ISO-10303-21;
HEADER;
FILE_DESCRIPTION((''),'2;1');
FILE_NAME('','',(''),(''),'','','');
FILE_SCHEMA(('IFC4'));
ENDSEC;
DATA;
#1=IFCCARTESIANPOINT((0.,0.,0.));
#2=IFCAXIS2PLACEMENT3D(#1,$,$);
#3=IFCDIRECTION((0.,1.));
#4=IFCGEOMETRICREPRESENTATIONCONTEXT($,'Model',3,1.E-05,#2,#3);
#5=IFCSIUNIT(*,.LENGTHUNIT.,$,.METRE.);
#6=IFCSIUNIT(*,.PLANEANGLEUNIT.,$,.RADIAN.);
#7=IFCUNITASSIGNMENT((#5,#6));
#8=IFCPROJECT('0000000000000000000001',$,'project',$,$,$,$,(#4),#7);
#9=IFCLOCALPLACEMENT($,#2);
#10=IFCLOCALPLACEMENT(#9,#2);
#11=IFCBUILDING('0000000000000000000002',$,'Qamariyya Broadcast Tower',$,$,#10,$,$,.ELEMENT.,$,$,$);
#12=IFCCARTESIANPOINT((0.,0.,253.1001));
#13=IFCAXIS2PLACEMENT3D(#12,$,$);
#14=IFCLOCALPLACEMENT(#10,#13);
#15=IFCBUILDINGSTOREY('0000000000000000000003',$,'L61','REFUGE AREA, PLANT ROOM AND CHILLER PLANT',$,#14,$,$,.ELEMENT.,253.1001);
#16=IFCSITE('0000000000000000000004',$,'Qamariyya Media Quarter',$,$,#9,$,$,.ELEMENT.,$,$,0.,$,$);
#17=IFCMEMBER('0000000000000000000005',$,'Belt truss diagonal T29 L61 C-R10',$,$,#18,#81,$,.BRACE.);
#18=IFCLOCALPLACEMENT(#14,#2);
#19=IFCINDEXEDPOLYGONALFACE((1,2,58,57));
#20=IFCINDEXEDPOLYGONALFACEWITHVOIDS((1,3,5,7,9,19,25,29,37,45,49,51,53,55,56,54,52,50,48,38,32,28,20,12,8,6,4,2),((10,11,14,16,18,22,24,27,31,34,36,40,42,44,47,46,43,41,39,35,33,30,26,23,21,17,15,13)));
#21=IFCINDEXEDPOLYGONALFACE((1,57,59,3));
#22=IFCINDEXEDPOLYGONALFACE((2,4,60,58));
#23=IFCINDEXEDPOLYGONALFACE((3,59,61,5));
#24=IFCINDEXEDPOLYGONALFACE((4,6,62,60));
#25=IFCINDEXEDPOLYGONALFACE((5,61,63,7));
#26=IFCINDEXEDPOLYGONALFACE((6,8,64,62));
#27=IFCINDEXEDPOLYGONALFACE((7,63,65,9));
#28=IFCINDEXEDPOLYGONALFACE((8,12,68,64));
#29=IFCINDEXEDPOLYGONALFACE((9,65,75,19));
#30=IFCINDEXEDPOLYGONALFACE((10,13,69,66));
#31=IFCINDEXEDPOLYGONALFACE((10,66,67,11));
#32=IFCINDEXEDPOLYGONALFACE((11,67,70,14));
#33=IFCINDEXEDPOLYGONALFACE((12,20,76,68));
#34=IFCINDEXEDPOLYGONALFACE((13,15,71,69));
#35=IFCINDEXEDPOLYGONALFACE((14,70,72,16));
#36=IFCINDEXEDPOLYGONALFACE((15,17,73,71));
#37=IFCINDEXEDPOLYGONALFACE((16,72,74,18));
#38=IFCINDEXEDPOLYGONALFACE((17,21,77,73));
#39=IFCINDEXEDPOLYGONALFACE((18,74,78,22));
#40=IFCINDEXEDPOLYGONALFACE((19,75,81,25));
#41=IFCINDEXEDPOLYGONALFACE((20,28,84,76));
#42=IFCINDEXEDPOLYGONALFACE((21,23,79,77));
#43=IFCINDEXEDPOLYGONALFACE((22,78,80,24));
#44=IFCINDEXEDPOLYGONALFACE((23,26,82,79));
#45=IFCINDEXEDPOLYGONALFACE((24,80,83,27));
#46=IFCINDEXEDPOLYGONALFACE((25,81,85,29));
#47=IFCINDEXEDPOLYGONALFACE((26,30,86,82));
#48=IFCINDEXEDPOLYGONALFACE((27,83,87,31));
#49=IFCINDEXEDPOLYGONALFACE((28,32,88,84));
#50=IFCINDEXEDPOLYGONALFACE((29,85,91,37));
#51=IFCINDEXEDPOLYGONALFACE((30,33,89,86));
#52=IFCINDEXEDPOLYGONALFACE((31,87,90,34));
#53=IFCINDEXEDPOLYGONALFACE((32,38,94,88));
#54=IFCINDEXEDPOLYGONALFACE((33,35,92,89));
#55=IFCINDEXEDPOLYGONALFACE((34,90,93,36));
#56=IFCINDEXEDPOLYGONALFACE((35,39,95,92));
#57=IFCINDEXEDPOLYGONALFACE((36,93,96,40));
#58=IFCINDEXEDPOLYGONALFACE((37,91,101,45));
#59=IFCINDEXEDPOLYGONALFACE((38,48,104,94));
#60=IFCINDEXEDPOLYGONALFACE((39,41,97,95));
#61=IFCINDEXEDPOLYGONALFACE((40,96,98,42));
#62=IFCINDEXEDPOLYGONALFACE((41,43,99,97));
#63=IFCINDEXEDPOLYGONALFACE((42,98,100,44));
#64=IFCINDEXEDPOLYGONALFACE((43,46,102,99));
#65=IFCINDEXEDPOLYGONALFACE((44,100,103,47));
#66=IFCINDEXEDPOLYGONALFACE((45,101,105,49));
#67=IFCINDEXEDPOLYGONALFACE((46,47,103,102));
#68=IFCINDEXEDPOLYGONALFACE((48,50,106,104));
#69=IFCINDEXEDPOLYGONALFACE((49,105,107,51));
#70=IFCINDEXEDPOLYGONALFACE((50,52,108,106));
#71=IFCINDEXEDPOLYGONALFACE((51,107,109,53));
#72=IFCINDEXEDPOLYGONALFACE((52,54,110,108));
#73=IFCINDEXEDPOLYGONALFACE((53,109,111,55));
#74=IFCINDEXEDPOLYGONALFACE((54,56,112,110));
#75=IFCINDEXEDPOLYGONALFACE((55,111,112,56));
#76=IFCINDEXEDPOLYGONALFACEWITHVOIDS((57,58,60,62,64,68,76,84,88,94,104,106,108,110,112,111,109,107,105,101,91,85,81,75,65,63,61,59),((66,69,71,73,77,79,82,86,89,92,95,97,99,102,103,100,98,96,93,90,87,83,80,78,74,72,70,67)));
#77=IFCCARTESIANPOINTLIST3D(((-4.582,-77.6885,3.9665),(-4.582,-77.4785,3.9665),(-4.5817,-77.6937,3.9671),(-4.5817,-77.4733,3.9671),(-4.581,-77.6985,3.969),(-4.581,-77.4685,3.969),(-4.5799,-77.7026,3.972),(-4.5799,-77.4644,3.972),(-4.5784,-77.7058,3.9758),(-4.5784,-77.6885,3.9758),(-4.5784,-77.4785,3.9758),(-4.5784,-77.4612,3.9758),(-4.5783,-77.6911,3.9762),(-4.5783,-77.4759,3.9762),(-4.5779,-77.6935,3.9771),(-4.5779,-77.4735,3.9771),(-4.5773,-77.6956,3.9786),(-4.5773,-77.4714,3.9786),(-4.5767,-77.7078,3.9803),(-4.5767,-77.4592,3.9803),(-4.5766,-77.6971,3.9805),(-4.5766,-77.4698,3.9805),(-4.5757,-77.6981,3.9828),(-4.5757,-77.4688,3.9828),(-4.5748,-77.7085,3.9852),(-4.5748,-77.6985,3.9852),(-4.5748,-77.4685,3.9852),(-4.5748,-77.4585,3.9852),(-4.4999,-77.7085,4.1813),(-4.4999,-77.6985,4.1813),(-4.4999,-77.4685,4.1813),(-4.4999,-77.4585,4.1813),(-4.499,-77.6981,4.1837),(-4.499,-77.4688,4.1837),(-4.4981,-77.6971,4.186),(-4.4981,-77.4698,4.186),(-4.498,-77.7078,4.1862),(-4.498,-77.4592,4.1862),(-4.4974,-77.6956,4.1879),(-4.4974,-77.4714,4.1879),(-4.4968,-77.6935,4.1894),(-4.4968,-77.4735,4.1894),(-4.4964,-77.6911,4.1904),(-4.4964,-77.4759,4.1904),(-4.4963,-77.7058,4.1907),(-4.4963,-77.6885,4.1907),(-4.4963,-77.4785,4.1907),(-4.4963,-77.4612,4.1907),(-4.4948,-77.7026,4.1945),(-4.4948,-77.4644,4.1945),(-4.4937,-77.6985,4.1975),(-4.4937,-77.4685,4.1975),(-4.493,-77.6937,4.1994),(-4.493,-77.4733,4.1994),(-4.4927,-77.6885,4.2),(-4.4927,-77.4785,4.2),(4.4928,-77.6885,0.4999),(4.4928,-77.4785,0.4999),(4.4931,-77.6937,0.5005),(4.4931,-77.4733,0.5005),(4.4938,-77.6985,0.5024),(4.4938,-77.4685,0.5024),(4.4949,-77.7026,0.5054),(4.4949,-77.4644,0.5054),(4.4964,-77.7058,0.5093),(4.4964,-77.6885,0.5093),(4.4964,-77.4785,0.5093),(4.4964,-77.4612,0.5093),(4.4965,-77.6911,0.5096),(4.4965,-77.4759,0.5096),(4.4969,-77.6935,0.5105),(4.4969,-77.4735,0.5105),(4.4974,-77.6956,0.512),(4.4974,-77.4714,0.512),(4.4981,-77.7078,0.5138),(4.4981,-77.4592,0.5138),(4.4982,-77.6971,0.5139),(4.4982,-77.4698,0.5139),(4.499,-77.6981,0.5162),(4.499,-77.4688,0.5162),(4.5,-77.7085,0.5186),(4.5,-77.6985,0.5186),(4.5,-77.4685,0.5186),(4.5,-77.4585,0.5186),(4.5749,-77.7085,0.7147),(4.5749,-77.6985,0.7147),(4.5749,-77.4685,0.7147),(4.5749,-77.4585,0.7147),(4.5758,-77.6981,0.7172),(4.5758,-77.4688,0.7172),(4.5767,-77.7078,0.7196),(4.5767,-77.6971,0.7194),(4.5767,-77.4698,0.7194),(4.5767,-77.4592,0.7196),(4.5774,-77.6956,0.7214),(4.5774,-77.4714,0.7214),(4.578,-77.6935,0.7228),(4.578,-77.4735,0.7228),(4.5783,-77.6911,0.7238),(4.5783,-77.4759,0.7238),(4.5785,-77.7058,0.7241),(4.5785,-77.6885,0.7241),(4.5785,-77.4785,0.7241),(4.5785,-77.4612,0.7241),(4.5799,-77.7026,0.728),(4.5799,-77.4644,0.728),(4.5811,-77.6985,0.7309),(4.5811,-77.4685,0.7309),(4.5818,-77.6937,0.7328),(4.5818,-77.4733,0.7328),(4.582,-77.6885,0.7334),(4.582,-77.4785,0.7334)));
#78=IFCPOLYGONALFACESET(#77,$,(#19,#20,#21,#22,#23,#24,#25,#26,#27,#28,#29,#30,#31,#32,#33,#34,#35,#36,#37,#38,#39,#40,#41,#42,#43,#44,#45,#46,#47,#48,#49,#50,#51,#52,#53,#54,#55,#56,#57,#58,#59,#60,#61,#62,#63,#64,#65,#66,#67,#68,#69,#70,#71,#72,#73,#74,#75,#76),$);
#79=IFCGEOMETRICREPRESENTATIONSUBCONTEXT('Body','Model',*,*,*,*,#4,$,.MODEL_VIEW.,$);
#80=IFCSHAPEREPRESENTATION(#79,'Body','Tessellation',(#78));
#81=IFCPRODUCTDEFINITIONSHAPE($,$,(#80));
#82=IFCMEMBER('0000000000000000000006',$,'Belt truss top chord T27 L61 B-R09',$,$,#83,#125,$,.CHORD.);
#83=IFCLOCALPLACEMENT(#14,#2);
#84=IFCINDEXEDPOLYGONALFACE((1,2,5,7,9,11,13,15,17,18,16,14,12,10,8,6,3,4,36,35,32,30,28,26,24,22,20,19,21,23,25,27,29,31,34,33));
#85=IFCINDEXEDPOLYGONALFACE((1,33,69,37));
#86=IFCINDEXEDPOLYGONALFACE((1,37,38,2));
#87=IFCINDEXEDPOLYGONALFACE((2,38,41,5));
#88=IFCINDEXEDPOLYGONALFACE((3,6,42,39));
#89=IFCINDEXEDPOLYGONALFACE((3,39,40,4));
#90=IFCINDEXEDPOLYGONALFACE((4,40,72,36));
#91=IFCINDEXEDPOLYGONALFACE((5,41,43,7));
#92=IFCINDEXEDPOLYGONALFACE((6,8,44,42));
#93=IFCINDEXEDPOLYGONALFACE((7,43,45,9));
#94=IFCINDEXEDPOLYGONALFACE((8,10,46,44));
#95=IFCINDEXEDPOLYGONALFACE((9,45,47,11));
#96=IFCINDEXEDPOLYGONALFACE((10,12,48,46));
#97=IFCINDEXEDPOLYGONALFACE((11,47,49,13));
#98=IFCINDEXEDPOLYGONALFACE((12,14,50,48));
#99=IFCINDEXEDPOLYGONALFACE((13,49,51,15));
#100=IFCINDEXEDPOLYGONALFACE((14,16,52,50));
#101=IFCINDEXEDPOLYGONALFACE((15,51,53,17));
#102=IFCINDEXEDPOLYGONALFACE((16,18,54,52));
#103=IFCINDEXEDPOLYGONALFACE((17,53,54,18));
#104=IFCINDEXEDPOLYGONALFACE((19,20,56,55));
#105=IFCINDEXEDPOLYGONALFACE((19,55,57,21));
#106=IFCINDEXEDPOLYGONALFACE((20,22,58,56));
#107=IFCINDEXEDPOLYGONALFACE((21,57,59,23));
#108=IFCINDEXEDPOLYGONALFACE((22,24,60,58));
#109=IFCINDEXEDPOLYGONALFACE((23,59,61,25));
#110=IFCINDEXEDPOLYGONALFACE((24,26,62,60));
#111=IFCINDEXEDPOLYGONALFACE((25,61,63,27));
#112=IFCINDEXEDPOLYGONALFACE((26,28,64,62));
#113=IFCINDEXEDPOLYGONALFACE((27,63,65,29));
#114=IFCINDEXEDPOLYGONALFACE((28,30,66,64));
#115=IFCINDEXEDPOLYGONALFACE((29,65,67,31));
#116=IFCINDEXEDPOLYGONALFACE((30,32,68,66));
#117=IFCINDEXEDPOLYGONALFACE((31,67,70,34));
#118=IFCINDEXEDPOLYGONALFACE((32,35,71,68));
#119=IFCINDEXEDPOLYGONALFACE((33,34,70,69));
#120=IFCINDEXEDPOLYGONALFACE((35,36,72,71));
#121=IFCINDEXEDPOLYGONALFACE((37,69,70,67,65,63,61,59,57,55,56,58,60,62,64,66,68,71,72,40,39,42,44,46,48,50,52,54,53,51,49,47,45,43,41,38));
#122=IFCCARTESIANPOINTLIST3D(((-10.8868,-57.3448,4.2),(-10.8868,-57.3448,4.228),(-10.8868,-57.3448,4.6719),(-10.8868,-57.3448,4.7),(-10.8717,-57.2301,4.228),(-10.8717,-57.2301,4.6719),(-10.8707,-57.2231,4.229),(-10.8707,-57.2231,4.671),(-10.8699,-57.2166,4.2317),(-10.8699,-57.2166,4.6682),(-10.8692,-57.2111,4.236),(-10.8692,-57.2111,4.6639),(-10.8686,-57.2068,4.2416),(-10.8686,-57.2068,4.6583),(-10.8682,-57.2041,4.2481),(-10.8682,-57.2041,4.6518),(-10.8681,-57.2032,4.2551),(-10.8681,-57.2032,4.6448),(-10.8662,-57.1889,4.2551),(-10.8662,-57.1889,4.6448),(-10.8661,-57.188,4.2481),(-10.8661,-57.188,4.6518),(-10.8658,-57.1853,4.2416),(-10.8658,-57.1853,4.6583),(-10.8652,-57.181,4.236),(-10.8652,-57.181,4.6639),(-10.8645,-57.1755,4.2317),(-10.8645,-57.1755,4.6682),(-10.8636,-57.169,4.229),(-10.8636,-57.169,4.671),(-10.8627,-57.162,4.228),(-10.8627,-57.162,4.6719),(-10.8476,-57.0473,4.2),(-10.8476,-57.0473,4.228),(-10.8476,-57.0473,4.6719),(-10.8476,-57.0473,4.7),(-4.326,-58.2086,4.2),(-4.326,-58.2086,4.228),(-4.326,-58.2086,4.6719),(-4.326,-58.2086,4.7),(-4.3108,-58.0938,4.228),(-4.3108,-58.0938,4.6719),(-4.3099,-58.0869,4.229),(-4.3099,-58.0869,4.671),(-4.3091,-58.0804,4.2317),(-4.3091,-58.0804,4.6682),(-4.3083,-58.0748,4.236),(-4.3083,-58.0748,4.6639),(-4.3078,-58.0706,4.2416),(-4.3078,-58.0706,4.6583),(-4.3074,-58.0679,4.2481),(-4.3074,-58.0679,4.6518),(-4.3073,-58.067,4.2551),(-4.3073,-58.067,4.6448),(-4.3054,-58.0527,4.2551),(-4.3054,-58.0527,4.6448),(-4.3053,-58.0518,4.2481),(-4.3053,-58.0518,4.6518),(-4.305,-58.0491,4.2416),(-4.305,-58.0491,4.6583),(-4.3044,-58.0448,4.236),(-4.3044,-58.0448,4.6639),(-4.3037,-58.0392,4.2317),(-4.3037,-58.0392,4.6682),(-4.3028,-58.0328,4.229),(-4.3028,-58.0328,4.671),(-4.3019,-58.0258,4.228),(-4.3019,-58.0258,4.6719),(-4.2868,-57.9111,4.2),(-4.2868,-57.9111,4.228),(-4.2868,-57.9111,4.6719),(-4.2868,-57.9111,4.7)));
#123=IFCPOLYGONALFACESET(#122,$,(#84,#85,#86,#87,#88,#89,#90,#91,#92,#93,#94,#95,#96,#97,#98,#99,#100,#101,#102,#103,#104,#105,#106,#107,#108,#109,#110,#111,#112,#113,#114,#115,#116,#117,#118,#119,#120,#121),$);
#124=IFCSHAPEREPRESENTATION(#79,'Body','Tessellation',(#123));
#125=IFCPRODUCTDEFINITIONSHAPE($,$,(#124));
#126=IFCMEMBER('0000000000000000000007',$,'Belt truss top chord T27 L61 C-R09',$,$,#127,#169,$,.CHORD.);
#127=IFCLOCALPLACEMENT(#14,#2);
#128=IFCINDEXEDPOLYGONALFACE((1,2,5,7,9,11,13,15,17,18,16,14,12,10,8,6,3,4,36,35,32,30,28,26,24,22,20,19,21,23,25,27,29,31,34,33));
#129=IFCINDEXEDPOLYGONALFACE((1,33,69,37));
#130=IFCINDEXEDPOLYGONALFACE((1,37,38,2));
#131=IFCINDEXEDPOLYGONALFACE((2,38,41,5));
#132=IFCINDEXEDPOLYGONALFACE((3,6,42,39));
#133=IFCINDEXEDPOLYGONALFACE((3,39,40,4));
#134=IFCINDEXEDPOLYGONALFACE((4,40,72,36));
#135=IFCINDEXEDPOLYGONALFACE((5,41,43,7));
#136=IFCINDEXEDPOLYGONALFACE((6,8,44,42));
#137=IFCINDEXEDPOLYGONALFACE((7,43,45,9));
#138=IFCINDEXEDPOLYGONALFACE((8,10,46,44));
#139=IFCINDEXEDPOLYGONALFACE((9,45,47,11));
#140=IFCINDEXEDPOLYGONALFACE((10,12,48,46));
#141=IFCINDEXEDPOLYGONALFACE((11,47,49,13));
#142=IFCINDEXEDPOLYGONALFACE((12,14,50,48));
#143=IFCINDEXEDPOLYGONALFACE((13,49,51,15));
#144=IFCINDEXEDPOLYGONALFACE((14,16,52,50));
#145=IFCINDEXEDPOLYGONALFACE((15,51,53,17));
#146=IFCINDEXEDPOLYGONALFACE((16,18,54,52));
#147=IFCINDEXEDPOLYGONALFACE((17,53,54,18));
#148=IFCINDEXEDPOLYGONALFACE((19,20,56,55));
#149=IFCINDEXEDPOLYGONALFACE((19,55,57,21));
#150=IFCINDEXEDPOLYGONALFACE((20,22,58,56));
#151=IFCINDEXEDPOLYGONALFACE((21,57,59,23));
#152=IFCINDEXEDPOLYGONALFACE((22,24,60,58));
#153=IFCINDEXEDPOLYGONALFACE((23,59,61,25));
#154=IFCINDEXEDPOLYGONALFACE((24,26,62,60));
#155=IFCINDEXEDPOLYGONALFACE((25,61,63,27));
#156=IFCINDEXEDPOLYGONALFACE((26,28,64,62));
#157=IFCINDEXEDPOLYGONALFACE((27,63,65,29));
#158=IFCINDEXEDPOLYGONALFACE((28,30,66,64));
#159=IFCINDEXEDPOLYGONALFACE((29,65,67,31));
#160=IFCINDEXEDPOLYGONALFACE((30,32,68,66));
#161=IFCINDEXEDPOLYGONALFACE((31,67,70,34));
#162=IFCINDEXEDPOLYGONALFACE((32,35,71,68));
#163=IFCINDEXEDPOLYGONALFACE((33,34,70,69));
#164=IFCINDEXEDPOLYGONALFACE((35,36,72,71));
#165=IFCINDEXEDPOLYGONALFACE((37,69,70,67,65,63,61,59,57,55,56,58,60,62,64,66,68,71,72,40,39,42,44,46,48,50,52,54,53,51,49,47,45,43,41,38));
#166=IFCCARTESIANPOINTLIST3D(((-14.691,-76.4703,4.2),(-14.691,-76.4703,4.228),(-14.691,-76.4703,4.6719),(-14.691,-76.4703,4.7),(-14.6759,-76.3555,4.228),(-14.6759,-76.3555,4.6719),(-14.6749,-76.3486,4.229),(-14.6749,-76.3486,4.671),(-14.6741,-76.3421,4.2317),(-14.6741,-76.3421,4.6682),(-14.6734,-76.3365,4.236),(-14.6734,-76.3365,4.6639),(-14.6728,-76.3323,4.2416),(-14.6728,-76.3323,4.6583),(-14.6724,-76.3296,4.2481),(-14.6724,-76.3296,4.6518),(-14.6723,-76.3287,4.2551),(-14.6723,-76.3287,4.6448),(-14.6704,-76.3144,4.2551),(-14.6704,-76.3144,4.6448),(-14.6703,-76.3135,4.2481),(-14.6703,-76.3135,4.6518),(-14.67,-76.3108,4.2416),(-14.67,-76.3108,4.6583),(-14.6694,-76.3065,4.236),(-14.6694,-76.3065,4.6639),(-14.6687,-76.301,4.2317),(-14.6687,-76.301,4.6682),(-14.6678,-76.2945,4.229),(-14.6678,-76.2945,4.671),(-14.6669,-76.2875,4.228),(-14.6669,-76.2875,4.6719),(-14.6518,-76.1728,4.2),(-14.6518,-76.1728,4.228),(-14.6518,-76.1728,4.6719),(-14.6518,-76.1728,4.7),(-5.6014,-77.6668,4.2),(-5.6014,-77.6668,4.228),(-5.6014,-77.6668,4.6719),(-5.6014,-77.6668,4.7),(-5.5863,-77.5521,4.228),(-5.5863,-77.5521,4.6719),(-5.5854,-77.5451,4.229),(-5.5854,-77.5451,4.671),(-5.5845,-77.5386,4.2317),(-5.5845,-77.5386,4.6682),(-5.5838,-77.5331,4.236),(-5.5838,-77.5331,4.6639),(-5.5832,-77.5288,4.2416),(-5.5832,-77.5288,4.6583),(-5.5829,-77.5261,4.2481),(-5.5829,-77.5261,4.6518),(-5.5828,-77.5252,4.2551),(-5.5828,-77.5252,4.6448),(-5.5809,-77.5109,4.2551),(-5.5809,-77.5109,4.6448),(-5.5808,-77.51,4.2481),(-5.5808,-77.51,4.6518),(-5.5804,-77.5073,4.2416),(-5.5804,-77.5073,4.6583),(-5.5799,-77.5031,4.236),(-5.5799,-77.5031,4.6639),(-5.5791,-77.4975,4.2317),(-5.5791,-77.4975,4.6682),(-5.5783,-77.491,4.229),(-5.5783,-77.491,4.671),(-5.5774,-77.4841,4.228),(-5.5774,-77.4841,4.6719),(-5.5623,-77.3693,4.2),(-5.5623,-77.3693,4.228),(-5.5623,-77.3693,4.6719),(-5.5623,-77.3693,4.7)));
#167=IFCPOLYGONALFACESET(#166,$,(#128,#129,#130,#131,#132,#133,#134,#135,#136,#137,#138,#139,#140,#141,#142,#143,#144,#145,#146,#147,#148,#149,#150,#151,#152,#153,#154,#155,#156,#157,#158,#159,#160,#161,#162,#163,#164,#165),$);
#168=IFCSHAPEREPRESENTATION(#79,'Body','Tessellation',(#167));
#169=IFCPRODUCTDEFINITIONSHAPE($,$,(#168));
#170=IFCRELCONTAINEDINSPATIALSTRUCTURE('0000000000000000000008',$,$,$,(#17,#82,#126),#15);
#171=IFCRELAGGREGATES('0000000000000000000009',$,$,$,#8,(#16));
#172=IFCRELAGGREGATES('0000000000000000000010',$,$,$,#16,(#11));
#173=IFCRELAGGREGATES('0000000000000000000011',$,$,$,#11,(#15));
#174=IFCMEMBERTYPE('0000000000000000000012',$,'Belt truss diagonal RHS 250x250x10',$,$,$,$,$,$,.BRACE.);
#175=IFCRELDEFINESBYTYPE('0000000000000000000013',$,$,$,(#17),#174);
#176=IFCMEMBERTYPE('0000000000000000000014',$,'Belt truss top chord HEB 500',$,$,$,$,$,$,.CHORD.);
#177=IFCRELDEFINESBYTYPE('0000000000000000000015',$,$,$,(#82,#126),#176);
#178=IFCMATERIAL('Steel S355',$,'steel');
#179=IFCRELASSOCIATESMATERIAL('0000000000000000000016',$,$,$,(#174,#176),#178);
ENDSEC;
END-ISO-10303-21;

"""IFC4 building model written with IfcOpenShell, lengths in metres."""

from ifc_helpers import new_model, si_unit, direction, frame, origin, origin_2d, place, context, subcontext, project, spatial, hollow_rectangle, i_section, extrude, material, material_profile, profile_set, type_object, element, save


model = new_model("IFC4")

# Units and contexts
model_context = context("Model", 3, precision=1e-05, world=origin(), true_north=direction((0.0, 1.0)))
body_context = subcontext(model_context, "Body", "Model", "MODEL_VIEW")
ifc_project = project(units=[si_unit("LENGTHUNIT", "METRE"), si_unit("PLANEANGLEUNIT", "RADIAN")], contexts=[model_context])

# Site, building, storey
site_placement = place(None, origin())
site = spatial("IfcSite", under=ifc_project, at=site_placement, Name="Qamariyya Media Quarter", CompositionType="ELEMENT", RefElevation=0.0)
building_placement = place(site_placement, origin())
building = spatial("IfcBuilding", under=site, at=building_placement, Name="Qamariyya Broadcast Tower", CompositionType="ELEMENT")
storey_placement = place(building_placement, frame((0.0, 0.0, 253.1001)))
storey = spatial("IfcBuildingStorey", under=building, at=storey_placement, Name="L61", Description="REFUGE AREA, PLANT ROOM AND CHILLER PLANT", CompositionType="ELEMENT", Elevation=253.1001)

# Members
ifc_material_1 = material(Name="Steel S355", Category="steel")
ifc_material_profile_1 = material_profile(ifc_material_1, hollow_rectangle(XDim=0.25, YDim=0.25, WallThickness=0.01, InnerFilletRadius=0.01, OuterFilletRadius=0.02, at=origin_2d()))
ifc_profile_set_1 = profile_set([ifc_material_profile_1], Name="Steel S355")
member_type_1 = type_object("IfcMemberType", Name="Belt truss diagonal RHS 250x250x10", PredefinedType="BRACE", material=ifc_profile_set_1)
for number, where, z_axis, x_axis, name in (
    (1, (-4.5374, -77.5835, 4.0833), (0.934161, 0.0, -0.356851), (0.0, 1.0, 0.0), "Belt truss diagonal T29 L61 C-R10"),
):
    element("IfcMember", number, at=place(storey_placement, frame(where, z_axis=z_axis, x_axis=x_axis)), inside=storey, type_object=member_type_1, Name=name, PredefinedType="BRACE", context=body_context, shape_type="SweptSolid", body=[
        extrude(hollow_rectangle(XDim=0.25, YDim=0.25, WallThickness=0.01, InnerFilletRadius=0.01, OuterFilletRadius=0.02, at=origin_2d()), origin(), (0.0, 0.0, 1.0), 9.7144),
    ])
ifc_material_profile_2 = material_profile(ifc_material_1, i_section(OverallWidth=0.3, OverallDepth=0.5, WebThickness=0.0144, FlangeThickness=0.0281, FilletRadius=0.0271, at=origin_2d()))
ifc_profile_set_2 = profile_set([ifc_material_profile_2], Name="Steel S355")
member_type_2 = type_object("IfcMemberType", Name="Belt truss top chord HEB 500", PredefinedType="CHORD", material=ifc_profile_set_2)
member_1_placement = place(storey_placement, frame((-10.8672, -57.196, 4.45), z_axis=(0.991444, -0.13053, 0.0), x_axis=(0.13053, 0.991444, 0.0)))
element("IfcMember", 2, at=member_1_placement, inside=storey, type_object=member_type_2, Name="Belt truss top chord T27 L61 B-R09", PredefinedType="CHORD", context=body_context, shape_type="SweptSolid", body=[
    extrude(i_section(OverallWidth=0.3, OverallDepth=0.5, WebThickness=0.0144, FlangeThickness=0.0281, FilletRadius=0.0271, at=origin_2d()), origin(), (0.0, 0.0, 1.0), 6.6174),
])
for number, where, z_axis, x_axis, name in (
    (3, (-14.6714, -76.3215, 4.45), (0.991447, -0.130512, 0.0), (0.130512, 0.991447, 0.0), "Belt truss top chord T27 L61 C-R09"),
):
    element("IfcMember", number, at=place(storey_placement, frame(where, z_axis=z_axis, x_axis=x_axis)), inside=storey, type_object=member_type_2, Name=name, PredefinedType="CHORD", context=body_context, shape_type="SweptSolid", body=[
        extrude(i_section(OverallWidth=0.3, OverallDepth=0.5, WebThickness=0.0144, FlangeThickness=0.0281, FilletRadius=0.0271, at=origin_2d()), origin(), (0.0, 0.0, 1.0), 9.168),
    ])

save(model, "model.ifc")
